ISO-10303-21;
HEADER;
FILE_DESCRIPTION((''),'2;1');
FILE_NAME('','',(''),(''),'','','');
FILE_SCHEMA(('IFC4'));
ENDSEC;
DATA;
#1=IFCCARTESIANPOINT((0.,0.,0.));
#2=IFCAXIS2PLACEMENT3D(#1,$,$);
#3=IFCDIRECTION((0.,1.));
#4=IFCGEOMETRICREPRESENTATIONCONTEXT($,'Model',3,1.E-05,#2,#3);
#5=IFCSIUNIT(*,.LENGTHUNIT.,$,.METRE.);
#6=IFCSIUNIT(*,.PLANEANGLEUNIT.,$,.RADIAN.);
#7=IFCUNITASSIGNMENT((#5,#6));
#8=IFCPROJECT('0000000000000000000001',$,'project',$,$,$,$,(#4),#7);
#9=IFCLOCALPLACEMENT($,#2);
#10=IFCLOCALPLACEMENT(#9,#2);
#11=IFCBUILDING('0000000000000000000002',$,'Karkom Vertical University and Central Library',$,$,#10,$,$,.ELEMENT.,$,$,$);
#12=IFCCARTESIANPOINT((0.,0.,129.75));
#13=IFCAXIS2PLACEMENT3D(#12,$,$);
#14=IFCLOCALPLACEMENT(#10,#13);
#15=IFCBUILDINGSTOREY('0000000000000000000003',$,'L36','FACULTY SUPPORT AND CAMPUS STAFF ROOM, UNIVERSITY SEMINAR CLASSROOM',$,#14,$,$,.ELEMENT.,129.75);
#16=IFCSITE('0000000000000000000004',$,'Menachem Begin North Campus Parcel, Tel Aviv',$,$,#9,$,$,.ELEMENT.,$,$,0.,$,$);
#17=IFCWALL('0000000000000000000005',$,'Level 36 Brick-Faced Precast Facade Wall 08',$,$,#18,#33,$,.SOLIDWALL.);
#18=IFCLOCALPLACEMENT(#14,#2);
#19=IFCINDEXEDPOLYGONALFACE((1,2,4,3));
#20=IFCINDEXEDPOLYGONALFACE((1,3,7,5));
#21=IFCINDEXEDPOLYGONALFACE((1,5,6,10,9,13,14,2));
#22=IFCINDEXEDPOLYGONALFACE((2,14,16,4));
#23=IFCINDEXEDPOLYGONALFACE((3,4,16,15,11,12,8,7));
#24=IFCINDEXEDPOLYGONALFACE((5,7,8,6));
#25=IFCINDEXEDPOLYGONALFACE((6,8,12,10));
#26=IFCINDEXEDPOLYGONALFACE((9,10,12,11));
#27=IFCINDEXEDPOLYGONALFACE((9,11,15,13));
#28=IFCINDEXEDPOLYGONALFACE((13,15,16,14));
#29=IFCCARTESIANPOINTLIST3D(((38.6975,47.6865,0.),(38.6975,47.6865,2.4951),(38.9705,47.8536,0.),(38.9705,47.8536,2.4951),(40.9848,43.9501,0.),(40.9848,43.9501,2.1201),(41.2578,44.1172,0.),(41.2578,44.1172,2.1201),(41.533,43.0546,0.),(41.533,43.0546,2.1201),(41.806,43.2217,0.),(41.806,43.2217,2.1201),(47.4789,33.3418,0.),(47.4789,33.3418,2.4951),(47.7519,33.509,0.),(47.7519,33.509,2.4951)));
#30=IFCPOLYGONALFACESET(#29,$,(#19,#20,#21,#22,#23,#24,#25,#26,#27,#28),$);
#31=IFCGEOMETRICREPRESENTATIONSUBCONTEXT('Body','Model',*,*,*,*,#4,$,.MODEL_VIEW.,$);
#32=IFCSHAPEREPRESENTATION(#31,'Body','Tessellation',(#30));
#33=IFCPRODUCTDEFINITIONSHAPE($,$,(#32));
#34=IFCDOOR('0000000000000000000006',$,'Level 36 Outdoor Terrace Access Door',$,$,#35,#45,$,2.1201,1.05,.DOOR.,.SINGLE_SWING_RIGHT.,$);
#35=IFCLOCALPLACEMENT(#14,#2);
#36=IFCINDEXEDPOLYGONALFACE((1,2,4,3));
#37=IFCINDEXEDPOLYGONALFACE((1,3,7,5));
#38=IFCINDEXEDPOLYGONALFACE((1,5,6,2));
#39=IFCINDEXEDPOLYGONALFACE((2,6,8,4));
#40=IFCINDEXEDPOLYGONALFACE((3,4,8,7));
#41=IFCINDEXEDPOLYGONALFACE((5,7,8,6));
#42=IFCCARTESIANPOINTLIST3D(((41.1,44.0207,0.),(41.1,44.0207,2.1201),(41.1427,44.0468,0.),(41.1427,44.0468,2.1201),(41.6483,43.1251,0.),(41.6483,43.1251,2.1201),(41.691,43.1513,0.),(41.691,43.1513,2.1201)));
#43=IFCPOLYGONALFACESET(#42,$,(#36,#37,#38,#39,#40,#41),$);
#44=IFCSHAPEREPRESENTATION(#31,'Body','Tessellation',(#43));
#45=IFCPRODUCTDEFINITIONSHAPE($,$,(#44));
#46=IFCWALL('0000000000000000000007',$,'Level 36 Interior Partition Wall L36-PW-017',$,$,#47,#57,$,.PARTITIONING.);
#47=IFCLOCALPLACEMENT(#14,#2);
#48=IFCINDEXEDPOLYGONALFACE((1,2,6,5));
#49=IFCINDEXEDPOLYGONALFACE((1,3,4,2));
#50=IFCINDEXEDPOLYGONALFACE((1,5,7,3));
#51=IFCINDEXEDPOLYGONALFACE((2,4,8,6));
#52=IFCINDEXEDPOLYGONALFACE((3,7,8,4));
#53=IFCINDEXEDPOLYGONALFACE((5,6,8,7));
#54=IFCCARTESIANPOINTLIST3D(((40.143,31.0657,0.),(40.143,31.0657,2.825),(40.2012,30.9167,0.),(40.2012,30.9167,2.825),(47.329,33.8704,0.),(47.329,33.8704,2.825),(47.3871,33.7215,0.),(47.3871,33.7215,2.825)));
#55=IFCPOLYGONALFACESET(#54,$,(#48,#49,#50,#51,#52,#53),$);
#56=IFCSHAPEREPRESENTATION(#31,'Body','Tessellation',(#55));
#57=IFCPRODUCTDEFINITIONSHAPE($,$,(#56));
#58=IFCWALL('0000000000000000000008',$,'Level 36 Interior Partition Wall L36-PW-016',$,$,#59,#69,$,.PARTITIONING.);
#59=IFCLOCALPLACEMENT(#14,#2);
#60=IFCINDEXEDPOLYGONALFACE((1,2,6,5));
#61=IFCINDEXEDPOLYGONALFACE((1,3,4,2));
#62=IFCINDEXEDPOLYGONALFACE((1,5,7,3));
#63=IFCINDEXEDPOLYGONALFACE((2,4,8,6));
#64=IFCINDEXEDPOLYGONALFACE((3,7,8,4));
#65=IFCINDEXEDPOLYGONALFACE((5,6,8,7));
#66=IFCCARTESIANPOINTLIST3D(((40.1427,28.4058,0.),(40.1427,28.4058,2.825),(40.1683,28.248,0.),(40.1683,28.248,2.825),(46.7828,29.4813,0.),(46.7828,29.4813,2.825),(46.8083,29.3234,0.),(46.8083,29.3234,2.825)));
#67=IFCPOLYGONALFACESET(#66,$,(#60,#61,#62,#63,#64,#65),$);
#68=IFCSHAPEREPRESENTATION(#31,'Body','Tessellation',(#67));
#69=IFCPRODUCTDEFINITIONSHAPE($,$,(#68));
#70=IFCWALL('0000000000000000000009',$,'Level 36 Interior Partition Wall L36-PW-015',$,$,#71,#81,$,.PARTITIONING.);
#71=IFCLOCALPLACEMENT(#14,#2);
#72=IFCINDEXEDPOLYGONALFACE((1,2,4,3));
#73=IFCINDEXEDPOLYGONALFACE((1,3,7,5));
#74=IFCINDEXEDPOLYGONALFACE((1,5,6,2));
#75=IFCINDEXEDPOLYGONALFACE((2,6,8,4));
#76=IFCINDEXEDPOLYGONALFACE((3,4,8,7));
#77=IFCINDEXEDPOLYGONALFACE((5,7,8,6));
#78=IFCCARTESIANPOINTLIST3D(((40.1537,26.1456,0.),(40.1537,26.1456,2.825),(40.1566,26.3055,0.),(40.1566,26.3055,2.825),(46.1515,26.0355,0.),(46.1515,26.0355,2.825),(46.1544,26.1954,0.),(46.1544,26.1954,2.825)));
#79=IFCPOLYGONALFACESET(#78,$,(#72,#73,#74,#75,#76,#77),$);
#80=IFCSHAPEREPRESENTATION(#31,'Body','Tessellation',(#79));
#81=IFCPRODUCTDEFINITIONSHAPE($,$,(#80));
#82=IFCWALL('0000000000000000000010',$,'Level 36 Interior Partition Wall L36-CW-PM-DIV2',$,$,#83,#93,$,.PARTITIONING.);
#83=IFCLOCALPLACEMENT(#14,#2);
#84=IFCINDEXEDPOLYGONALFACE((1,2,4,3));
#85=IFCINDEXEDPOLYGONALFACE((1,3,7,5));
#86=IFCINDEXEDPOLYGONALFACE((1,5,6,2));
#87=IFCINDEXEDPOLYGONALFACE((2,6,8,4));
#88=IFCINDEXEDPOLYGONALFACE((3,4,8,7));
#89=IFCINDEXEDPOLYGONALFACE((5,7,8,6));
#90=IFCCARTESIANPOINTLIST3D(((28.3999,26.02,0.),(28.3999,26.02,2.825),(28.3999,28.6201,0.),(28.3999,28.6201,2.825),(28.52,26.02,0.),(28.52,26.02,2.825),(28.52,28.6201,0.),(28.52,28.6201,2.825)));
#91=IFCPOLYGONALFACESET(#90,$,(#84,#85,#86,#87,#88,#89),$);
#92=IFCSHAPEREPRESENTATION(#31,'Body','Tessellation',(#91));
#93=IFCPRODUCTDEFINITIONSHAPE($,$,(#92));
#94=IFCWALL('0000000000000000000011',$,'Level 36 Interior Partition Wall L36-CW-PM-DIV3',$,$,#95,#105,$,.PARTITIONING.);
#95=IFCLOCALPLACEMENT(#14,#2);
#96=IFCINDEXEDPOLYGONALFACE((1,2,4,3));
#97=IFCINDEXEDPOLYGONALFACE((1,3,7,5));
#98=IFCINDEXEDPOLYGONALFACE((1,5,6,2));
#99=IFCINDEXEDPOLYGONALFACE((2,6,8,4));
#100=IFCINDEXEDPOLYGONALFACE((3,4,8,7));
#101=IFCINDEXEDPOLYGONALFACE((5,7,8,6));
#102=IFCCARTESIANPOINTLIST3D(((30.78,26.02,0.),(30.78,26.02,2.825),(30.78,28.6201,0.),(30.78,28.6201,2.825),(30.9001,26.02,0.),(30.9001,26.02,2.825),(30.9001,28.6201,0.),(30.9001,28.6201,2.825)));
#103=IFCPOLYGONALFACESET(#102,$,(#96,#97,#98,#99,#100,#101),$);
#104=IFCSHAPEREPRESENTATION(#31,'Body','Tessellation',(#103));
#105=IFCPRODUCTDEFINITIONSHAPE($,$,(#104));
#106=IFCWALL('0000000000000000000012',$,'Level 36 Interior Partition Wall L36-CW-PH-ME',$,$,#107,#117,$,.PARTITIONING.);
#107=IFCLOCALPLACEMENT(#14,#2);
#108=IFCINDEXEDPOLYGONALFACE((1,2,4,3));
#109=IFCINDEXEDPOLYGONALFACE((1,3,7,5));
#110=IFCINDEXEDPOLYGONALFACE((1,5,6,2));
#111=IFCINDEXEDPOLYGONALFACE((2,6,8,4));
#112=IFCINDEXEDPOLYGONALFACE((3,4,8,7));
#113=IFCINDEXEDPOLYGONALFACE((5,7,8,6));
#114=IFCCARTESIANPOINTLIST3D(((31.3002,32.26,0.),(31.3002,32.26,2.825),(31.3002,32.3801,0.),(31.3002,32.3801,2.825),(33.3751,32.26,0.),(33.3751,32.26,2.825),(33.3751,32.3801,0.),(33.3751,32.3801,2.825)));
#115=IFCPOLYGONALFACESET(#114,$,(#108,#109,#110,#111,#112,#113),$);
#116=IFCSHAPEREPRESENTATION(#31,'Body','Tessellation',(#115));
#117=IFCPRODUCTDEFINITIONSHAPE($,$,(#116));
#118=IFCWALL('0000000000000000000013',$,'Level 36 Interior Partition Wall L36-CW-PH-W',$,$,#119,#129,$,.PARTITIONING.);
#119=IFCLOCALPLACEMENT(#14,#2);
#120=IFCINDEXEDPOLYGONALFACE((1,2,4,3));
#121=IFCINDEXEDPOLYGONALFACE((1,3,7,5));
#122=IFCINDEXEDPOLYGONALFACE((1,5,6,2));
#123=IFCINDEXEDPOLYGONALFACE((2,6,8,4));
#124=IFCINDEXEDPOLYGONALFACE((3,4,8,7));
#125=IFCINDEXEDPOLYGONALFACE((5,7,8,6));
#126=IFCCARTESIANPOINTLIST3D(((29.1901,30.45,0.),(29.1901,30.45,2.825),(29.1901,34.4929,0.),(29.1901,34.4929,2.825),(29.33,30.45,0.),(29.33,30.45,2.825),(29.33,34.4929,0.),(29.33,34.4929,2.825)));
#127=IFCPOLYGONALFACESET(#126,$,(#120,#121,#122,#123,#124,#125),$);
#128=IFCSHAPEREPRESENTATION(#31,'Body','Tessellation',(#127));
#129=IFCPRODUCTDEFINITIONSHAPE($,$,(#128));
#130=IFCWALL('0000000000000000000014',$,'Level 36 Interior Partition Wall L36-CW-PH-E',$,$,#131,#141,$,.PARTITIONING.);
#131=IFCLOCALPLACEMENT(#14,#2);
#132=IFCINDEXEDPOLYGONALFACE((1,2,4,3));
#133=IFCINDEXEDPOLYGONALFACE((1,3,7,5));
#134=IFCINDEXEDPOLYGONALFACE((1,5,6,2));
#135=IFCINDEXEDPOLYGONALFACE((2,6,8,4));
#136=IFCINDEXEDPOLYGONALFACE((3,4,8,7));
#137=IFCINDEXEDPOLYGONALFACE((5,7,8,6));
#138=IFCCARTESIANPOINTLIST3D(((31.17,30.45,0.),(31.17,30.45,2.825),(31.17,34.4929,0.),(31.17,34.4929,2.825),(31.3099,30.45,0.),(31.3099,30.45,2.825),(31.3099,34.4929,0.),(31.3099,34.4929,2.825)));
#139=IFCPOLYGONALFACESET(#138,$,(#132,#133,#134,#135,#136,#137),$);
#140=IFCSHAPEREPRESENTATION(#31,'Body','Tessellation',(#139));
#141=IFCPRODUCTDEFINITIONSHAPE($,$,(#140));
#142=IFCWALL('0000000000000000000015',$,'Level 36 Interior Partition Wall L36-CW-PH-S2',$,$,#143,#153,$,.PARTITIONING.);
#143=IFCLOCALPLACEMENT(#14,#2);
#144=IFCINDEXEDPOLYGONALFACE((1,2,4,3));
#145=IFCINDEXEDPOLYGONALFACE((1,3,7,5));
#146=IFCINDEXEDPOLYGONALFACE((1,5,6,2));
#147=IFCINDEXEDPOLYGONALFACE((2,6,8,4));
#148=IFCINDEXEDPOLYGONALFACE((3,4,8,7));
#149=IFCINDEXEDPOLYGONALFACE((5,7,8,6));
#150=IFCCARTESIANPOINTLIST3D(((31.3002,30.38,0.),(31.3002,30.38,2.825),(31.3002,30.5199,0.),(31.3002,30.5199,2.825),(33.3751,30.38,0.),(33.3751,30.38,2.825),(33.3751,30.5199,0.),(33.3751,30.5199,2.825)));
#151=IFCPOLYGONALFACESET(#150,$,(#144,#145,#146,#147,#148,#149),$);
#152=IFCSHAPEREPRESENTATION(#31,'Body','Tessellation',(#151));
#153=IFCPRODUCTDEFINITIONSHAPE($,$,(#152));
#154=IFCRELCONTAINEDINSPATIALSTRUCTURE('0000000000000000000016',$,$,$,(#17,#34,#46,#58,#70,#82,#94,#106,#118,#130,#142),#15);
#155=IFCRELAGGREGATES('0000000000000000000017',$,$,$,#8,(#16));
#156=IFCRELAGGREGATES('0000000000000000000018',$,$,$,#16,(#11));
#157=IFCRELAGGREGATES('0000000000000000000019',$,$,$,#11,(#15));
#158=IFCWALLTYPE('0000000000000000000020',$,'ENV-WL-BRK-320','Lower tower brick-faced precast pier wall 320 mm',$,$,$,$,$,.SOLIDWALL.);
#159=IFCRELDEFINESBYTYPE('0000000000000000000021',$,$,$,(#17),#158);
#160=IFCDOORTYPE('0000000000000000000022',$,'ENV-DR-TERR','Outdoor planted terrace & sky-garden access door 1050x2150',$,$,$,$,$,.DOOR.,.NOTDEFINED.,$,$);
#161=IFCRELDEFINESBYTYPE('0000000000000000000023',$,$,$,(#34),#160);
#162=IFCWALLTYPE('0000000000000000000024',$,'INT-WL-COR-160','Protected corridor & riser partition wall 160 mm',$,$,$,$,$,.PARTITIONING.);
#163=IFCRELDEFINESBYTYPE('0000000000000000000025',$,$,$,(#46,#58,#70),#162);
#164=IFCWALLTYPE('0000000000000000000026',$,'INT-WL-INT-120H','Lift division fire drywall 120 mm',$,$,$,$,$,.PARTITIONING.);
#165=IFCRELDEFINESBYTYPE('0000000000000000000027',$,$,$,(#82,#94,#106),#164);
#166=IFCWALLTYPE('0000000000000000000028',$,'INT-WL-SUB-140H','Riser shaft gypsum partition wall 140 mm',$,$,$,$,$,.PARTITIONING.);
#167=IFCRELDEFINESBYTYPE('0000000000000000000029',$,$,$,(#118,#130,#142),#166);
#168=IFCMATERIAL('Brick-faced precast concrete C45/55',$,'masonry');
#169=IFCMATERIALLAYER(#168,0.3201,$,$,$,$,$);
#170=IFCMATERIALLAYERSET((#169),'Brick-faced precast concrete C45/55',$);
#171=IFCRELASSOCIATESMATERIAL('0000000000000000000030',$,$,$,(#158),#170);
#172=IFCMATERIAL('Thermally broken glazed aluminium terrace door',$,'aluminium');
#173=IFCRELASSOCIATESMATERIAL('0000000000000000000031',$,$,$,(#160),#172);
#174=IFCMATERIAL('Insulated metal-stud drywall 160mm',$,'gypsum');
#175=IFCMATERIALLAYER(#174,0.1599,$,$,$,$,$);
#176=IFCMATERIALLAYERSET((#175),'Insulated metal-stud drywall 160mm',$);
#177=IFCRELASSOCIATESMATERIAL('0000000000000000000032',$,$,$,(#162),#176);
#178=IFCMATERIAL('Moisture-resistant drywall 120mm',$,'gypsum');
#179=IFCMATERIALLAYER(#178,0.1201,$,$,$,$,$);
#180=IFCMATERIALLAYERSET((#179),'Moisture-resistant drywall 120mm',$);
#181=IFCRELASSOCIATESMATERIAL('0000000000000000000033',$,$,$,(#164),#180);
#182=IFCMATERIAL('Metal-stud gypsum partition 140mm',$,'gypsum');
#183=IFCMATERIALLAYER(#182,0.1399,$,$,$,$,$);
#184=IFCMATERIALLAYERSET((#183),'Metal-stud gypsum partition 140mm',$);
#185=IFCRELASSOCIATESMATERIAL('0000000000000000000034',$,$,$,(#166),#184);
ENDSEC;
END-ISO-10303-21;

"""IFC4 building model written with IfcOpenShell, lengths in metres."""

from ifc_helpers import new_model, si_unit, direction, frame, frame_2d, origin, origin_with_axes, place, context, subcontext, project, spatial, rectangle, extrude, source, transform, mapped, material, layer, layer_set, type_object, element, fill, save


model = new_model("IFC4")

# Units and contexts
model_context = context("Model", 3, precision=1e-05, world=origin(), true_north=direction((0.0, 1.0)))
body_context = subcontext(model_context, "Body", "Model", "MODEL_VIEW")
ifc_project = project(units=[si_unit("LENGTHUNIT", "METRE"), si_unit("PLANEANGLEUNIT", "RADIAN")], contexts=[model_context])

# Site, building, storey
site_placement = place(None, origin())
site = spatial("IfcSite", under=ifc_project, at=site_placement, Name="Menachem Begin North Campus Parcel, Tel Aviv", CompositionType="ELEMENT", RefElevation=0.0)
building_placement = place(site_placement, origin())
building = spatial("IfcBuilding", under=site, at=building_placement, Name="Karkom Vertical University and Central Library", CompositionType="ELEMENT")
storey_placement = place(building_placement, frame((0.0, 0.0, 129.75)))
storey = spatial("IfcBuildingStorey", under=building, at=storey_placement, Name="L36", Description="FACULTY SUPPORT AND CAMPUS STAFF ROOM, UNIVERSITY SEMINAR CLASSROOM", CompositionType="ELEMENT", Elevation=129.75)

# Wall, opening, door
ifc_material_1 = material(Name="Brick-faced precast concrete C45/55", Category="masonry")
ifc_layer_1 = layer(ifc_material_1, 0.3201)
ifc_layer_set_1 = layer_set([ifc_layer_1], Name="Brick-faced precast concrete C45/55")
wall_type_1 = type_object("IfcWallType", Name="ENV-WL-BRK-320", Description="Lower tower brick-faced precast pier wall 320 mm", PredefinedType="SOLIDWALL", material=ifc_layer_set_1)
wall_1_placement = place(storey_placement, frame((47.6155, 33.4253, 0.0), z_axis=(0.0, 0.0, 1.0), x_axis=(-0.522111, 0.852878, 0.0)))
wall_1 = element("IfcWall", 1, at=wall_1_placement, inside=storey, type_object=wall_type_1, Name="Level 36 Brick-Faced Precast Facade Wall 08", PredefinedType="SOLIDWALL", context=body_context, shape_type="SweptSolid", body=[
    extrude(rectangle(XDim=16.8191, YDim=0.3201, at=frame_2d((8.4097, 0.0))), origin(), (0.0, 0.0, 1.0), 2.4951),
])
opening_1_placement = place(wall_1_placement, frame((11.3884, 0.0, 0.0)))
opening_1 = element("IfcOpeningElement", 2, at=opening_1_placement, cuts=wall_1, PredefinedType="OPENING", context=body_context, shape_type="SweptSolid", body=[
    extrude(rectangle(XDim=1.05, YDim=2.1201, at=frame_2d((0.5249, 1.0601))), frame((0.0, 0.1699, 0.0), z_axis=(0.0, -1.0, 0.0), x_axis=(1.0, 0.0, 0.0)), (0.0, 0.0, 1.0), 0.3401),
])
ifc_material_2 = material(Name="Thermally broken glazed aluminium terrace door", Category="aluminium")
door_type_1 = type_object("IfcDoorType", Name="ENV-DR-TERR", Description="Outdoor planted terrace & sky-garden access door 1050x2150", OperationType="NOTDEFINED", PredefinedType="DOOR", material=ifc_material_2)
shared_shape_1 = source(origin_with_axes(), body_context, "Body", "SweptSolid", [
    extrude(rectangle(XDim=1.05, YDim=2.1201, at=frame_2d((0.5249, 1.0601))), frame((0.0, 0.0249, 0.0), z_axis=(0.0, -1.0, 0.0), x_axis=(1.0, 0.0, 0.0)), (0.0, 0.0, 1.0), 0.05),
])
door_1_placement = place(opening_1_placement, origin())
door_1 = element("IfcDoor", 3, at=door_1_placement, inside=storey, type_object=door_type_1, Name="Level 36 Outdoor Terrace Access Door", OperationType="SINGLE_SWING_RIGHT", OverallHeight=2.1201, OverallWidth=1.05, PredefinedType="DOOR", context=body_context, shape_type="MappedRepresentation", body=[
    mapped(shared_shape_1, transform((0.0, 0.0, 0.0), scale=1.0)),
])
fill(opening_1, door_1)

# Walls
ifc_material_3 = material(Name="Insulated metal-stud drywall 160mm", Category="gypsum")
ifc_layer_2 = layer(ifc_material_3, 0.1599)
ifc_layer_set_2 = layer_set([ifc_layer_2], Name="Insulated metal-stud drywall 160mm")
wall_type_2 = type_object("IfcWallType", Name="INT-WL-COR-160", Description="Protected corridor & riser partition wall 160 mm", PredefinedType="PARTITIONING", material=ifc_layer_set_2)
wall_2_placement = place(storey_placement, frame((40.1721, 30.9912, 0.0), z_axis=(0.0, 0.0, 1.0), x_axis=(0.931557, 0.363596, 0.0)))
element("IfcWall", 4, at=wall_2_placement, inside=storey, type_object=wall_type_2, Name="Level 36 Interior Partition Wall L36-PW-017", PredefinedType="PARTITIONING", context=body_context, shape_type="SweptSolid", body=[
    extrude(rectangle(XDim=7.7139, YDim=0.1599, at=frame_2d((3.8569, 0.0))), origin(), (0.0, 0.0, 1.0), 2.825),
])
wall_3_placement = place(storey_placement, frame((40.1555, 28.3269, 0.0), z_axis=(0.0, 0.0, 1.0), x_axis=(0.987137, 0.159877, 0.0)))
element("IfcWall", 5, at=wall_3_placement, inside=storey, type_object=wall_type_2, Name="Level 36 Interior Partition Wall L36-PW-016", PredefinedType="PARTITIONING", context=body_context, shape_type="SweptSolid", body=[
    extrude(rectangle(XDim=6.7266, YDim=0.1599, at=frame_2d((3.3633, 0.0))), origin(), (0.0, 0.0, 1.0), 2.825),
])
wall_4_placement = place(storey_placement, frame((40.155, 26.2256, 0.0), z_axis=(0.0, 0.0, 1.0), x_axis=(0.999832, -0.018355, 0.0)))
element("IfcWall", 6, at=wall_4_placement, inside=storey, type_object=wall_type_2, Name="Level 36 Interior Partition Wall L36-PW-015", PredefinedType="PARTITIONING", context=body_context, shape_type="SweptSolid", body=[
    extrude(rectangle(XDim=5.9988, YDim=0.1599, at=frame_2d((2.9995, 0.0))), origin(), (0.0, 0.0, 1.0), 2.825),
])
ifc_material_4 = material(Name="Moisture-resistant drywall 120mm", Category="gypsum")
ifc_layer_3 = layer(ifc_material_4, 0.1201)
ifc_layer_set_3 = layer_set([ifc_layer_3], Name="Moisture-resistant drywall 120mm")
wall_type_3 = type_object("IfcWallType", Name="INT-WL-INT-120H", Description="Lift division fire drywall 120 mm", PredefinedType="PARTITIONING", material=ifc_layer_set_3)
for number, where, z_axis, x_axis, name in (
    (7, (28.46, 26.02, 0.0), (0.0, 0.0, 1.0), (0.0, 1.0, 0.0), "Level 36 Interior Partition Wall L36-CW-PM-DIV2"),
    (8, (30.8401, 26.02, 0.0), (0.0, 0.0, 1.0), (0.0, 1.0, 0.0), "Level 36 Interior Partition Wall L36-CW-PM-DIV3"),
):
    element("IfcWall", number, at=place(storey_placement, frame(where, z_axis=z_axis, x_axis=x_axis)), inside=storey, type_object=wall_type_3, Name=name, PredefinedType="PARTITIONING", context=body_context, shape_type="SweptSolid", body=[
        extrude(rectangle(XDim=2.6001, YDim=0.1201, at=frame_2d((1.3, 0.0))), origin(), (0.0, 0.0, 1.0), 2.825),
    ])
wall_5_placement = place(storey_placement, frame((31.3, 32.3201, 0.0), z_axis=(0.0, 0.0, 1.0), x_axis=(1.0, 0.0, 0.0)))
element("IfcWall", 9, at=wall_5_placement, inside=storey, type_object=wall_type_3, Name="Level 36 Interior Partition Wall L36-CW-PH-ME", PredefinedType="PARTITIONING", context=body_context, shape_type="SweptSolid", body=[
    extrude(rectangle(XDim=2.075, YDim=0.1201, at=frame_2d((1.0376, 0.0))), origin(), (0.0, 0.0, 1.0), 2.825),
])
ifc_material_5 = material(Name="Metal-stud gypsum partition 140mm", Category="gypsum")
ifc_layer_4 = layer(ifc_material_5, 0.1399)
ifc_layer_set_4 = layer_set([ifc_layer_4], Name="Metal-stud gypsum partition 140mm")
wall_type_4 = type_object("IfcWallType", Name="INT-WL-SUB-140H", Description="Riser shaft gypsum partition wall 140 mm", PredefinedType="PARTITIONING", material=ifc_layer_set_4)
for number, where, z_axis, x_axis, name in (
    (10, (29.26, 30.45, 0.0), (0.0, 0.0, 1.0), (0.0, 1.0, 0.0), "Level 36 Interior Partition Wall L36-CW-PH-W"),
    (11, (31.24, 30.45, 0.0), (0.0, 0.0, 1.0), (0.0, 1.0, 0.0), "Level 36 Interior Partition Wall L36-CW-PH-E"),
):
    element("IfcWall", number, at=place(storey_placement, frame(where, z_axis=z_axis, x_axis=x_axis)), inside=storey, type_object=wall_type_4, Name=name, PredefinedType="PARTITIONING", context=body_context, shape_type="SweptSolid", body=[
        extrude(rectangle(XDim=4.043, YDim=0.1399, at=frame_2d((2.0215, 0.0))), origin(), (0.0, 0.0, 1.0), 2.825),
    ])
wall_6_placement = place(storey_placement, frame((31.3, 30.45, 0.0), z_axis=(0.0, 0.0, 1.0), x_axis=(1.0, 0.0, 0.0)))
element("IfcWall", 12, at=wall_6_placement, inside=storey, type_object=wall_type_4, Name="Level 36 Interior Partition Wall L36-CW-PH-S2", PredefinedType="PARTITIONING", context=body_context, shape_type="SweptSolid", body=[
    extrude(rectangle(XDim=2.075, YDim=0.1399, at=frame_2d((1.0376, 0.0))), origin(), (0.0, 0.0, 1.0), 2.825),
])

save(model, "model.ifc")
